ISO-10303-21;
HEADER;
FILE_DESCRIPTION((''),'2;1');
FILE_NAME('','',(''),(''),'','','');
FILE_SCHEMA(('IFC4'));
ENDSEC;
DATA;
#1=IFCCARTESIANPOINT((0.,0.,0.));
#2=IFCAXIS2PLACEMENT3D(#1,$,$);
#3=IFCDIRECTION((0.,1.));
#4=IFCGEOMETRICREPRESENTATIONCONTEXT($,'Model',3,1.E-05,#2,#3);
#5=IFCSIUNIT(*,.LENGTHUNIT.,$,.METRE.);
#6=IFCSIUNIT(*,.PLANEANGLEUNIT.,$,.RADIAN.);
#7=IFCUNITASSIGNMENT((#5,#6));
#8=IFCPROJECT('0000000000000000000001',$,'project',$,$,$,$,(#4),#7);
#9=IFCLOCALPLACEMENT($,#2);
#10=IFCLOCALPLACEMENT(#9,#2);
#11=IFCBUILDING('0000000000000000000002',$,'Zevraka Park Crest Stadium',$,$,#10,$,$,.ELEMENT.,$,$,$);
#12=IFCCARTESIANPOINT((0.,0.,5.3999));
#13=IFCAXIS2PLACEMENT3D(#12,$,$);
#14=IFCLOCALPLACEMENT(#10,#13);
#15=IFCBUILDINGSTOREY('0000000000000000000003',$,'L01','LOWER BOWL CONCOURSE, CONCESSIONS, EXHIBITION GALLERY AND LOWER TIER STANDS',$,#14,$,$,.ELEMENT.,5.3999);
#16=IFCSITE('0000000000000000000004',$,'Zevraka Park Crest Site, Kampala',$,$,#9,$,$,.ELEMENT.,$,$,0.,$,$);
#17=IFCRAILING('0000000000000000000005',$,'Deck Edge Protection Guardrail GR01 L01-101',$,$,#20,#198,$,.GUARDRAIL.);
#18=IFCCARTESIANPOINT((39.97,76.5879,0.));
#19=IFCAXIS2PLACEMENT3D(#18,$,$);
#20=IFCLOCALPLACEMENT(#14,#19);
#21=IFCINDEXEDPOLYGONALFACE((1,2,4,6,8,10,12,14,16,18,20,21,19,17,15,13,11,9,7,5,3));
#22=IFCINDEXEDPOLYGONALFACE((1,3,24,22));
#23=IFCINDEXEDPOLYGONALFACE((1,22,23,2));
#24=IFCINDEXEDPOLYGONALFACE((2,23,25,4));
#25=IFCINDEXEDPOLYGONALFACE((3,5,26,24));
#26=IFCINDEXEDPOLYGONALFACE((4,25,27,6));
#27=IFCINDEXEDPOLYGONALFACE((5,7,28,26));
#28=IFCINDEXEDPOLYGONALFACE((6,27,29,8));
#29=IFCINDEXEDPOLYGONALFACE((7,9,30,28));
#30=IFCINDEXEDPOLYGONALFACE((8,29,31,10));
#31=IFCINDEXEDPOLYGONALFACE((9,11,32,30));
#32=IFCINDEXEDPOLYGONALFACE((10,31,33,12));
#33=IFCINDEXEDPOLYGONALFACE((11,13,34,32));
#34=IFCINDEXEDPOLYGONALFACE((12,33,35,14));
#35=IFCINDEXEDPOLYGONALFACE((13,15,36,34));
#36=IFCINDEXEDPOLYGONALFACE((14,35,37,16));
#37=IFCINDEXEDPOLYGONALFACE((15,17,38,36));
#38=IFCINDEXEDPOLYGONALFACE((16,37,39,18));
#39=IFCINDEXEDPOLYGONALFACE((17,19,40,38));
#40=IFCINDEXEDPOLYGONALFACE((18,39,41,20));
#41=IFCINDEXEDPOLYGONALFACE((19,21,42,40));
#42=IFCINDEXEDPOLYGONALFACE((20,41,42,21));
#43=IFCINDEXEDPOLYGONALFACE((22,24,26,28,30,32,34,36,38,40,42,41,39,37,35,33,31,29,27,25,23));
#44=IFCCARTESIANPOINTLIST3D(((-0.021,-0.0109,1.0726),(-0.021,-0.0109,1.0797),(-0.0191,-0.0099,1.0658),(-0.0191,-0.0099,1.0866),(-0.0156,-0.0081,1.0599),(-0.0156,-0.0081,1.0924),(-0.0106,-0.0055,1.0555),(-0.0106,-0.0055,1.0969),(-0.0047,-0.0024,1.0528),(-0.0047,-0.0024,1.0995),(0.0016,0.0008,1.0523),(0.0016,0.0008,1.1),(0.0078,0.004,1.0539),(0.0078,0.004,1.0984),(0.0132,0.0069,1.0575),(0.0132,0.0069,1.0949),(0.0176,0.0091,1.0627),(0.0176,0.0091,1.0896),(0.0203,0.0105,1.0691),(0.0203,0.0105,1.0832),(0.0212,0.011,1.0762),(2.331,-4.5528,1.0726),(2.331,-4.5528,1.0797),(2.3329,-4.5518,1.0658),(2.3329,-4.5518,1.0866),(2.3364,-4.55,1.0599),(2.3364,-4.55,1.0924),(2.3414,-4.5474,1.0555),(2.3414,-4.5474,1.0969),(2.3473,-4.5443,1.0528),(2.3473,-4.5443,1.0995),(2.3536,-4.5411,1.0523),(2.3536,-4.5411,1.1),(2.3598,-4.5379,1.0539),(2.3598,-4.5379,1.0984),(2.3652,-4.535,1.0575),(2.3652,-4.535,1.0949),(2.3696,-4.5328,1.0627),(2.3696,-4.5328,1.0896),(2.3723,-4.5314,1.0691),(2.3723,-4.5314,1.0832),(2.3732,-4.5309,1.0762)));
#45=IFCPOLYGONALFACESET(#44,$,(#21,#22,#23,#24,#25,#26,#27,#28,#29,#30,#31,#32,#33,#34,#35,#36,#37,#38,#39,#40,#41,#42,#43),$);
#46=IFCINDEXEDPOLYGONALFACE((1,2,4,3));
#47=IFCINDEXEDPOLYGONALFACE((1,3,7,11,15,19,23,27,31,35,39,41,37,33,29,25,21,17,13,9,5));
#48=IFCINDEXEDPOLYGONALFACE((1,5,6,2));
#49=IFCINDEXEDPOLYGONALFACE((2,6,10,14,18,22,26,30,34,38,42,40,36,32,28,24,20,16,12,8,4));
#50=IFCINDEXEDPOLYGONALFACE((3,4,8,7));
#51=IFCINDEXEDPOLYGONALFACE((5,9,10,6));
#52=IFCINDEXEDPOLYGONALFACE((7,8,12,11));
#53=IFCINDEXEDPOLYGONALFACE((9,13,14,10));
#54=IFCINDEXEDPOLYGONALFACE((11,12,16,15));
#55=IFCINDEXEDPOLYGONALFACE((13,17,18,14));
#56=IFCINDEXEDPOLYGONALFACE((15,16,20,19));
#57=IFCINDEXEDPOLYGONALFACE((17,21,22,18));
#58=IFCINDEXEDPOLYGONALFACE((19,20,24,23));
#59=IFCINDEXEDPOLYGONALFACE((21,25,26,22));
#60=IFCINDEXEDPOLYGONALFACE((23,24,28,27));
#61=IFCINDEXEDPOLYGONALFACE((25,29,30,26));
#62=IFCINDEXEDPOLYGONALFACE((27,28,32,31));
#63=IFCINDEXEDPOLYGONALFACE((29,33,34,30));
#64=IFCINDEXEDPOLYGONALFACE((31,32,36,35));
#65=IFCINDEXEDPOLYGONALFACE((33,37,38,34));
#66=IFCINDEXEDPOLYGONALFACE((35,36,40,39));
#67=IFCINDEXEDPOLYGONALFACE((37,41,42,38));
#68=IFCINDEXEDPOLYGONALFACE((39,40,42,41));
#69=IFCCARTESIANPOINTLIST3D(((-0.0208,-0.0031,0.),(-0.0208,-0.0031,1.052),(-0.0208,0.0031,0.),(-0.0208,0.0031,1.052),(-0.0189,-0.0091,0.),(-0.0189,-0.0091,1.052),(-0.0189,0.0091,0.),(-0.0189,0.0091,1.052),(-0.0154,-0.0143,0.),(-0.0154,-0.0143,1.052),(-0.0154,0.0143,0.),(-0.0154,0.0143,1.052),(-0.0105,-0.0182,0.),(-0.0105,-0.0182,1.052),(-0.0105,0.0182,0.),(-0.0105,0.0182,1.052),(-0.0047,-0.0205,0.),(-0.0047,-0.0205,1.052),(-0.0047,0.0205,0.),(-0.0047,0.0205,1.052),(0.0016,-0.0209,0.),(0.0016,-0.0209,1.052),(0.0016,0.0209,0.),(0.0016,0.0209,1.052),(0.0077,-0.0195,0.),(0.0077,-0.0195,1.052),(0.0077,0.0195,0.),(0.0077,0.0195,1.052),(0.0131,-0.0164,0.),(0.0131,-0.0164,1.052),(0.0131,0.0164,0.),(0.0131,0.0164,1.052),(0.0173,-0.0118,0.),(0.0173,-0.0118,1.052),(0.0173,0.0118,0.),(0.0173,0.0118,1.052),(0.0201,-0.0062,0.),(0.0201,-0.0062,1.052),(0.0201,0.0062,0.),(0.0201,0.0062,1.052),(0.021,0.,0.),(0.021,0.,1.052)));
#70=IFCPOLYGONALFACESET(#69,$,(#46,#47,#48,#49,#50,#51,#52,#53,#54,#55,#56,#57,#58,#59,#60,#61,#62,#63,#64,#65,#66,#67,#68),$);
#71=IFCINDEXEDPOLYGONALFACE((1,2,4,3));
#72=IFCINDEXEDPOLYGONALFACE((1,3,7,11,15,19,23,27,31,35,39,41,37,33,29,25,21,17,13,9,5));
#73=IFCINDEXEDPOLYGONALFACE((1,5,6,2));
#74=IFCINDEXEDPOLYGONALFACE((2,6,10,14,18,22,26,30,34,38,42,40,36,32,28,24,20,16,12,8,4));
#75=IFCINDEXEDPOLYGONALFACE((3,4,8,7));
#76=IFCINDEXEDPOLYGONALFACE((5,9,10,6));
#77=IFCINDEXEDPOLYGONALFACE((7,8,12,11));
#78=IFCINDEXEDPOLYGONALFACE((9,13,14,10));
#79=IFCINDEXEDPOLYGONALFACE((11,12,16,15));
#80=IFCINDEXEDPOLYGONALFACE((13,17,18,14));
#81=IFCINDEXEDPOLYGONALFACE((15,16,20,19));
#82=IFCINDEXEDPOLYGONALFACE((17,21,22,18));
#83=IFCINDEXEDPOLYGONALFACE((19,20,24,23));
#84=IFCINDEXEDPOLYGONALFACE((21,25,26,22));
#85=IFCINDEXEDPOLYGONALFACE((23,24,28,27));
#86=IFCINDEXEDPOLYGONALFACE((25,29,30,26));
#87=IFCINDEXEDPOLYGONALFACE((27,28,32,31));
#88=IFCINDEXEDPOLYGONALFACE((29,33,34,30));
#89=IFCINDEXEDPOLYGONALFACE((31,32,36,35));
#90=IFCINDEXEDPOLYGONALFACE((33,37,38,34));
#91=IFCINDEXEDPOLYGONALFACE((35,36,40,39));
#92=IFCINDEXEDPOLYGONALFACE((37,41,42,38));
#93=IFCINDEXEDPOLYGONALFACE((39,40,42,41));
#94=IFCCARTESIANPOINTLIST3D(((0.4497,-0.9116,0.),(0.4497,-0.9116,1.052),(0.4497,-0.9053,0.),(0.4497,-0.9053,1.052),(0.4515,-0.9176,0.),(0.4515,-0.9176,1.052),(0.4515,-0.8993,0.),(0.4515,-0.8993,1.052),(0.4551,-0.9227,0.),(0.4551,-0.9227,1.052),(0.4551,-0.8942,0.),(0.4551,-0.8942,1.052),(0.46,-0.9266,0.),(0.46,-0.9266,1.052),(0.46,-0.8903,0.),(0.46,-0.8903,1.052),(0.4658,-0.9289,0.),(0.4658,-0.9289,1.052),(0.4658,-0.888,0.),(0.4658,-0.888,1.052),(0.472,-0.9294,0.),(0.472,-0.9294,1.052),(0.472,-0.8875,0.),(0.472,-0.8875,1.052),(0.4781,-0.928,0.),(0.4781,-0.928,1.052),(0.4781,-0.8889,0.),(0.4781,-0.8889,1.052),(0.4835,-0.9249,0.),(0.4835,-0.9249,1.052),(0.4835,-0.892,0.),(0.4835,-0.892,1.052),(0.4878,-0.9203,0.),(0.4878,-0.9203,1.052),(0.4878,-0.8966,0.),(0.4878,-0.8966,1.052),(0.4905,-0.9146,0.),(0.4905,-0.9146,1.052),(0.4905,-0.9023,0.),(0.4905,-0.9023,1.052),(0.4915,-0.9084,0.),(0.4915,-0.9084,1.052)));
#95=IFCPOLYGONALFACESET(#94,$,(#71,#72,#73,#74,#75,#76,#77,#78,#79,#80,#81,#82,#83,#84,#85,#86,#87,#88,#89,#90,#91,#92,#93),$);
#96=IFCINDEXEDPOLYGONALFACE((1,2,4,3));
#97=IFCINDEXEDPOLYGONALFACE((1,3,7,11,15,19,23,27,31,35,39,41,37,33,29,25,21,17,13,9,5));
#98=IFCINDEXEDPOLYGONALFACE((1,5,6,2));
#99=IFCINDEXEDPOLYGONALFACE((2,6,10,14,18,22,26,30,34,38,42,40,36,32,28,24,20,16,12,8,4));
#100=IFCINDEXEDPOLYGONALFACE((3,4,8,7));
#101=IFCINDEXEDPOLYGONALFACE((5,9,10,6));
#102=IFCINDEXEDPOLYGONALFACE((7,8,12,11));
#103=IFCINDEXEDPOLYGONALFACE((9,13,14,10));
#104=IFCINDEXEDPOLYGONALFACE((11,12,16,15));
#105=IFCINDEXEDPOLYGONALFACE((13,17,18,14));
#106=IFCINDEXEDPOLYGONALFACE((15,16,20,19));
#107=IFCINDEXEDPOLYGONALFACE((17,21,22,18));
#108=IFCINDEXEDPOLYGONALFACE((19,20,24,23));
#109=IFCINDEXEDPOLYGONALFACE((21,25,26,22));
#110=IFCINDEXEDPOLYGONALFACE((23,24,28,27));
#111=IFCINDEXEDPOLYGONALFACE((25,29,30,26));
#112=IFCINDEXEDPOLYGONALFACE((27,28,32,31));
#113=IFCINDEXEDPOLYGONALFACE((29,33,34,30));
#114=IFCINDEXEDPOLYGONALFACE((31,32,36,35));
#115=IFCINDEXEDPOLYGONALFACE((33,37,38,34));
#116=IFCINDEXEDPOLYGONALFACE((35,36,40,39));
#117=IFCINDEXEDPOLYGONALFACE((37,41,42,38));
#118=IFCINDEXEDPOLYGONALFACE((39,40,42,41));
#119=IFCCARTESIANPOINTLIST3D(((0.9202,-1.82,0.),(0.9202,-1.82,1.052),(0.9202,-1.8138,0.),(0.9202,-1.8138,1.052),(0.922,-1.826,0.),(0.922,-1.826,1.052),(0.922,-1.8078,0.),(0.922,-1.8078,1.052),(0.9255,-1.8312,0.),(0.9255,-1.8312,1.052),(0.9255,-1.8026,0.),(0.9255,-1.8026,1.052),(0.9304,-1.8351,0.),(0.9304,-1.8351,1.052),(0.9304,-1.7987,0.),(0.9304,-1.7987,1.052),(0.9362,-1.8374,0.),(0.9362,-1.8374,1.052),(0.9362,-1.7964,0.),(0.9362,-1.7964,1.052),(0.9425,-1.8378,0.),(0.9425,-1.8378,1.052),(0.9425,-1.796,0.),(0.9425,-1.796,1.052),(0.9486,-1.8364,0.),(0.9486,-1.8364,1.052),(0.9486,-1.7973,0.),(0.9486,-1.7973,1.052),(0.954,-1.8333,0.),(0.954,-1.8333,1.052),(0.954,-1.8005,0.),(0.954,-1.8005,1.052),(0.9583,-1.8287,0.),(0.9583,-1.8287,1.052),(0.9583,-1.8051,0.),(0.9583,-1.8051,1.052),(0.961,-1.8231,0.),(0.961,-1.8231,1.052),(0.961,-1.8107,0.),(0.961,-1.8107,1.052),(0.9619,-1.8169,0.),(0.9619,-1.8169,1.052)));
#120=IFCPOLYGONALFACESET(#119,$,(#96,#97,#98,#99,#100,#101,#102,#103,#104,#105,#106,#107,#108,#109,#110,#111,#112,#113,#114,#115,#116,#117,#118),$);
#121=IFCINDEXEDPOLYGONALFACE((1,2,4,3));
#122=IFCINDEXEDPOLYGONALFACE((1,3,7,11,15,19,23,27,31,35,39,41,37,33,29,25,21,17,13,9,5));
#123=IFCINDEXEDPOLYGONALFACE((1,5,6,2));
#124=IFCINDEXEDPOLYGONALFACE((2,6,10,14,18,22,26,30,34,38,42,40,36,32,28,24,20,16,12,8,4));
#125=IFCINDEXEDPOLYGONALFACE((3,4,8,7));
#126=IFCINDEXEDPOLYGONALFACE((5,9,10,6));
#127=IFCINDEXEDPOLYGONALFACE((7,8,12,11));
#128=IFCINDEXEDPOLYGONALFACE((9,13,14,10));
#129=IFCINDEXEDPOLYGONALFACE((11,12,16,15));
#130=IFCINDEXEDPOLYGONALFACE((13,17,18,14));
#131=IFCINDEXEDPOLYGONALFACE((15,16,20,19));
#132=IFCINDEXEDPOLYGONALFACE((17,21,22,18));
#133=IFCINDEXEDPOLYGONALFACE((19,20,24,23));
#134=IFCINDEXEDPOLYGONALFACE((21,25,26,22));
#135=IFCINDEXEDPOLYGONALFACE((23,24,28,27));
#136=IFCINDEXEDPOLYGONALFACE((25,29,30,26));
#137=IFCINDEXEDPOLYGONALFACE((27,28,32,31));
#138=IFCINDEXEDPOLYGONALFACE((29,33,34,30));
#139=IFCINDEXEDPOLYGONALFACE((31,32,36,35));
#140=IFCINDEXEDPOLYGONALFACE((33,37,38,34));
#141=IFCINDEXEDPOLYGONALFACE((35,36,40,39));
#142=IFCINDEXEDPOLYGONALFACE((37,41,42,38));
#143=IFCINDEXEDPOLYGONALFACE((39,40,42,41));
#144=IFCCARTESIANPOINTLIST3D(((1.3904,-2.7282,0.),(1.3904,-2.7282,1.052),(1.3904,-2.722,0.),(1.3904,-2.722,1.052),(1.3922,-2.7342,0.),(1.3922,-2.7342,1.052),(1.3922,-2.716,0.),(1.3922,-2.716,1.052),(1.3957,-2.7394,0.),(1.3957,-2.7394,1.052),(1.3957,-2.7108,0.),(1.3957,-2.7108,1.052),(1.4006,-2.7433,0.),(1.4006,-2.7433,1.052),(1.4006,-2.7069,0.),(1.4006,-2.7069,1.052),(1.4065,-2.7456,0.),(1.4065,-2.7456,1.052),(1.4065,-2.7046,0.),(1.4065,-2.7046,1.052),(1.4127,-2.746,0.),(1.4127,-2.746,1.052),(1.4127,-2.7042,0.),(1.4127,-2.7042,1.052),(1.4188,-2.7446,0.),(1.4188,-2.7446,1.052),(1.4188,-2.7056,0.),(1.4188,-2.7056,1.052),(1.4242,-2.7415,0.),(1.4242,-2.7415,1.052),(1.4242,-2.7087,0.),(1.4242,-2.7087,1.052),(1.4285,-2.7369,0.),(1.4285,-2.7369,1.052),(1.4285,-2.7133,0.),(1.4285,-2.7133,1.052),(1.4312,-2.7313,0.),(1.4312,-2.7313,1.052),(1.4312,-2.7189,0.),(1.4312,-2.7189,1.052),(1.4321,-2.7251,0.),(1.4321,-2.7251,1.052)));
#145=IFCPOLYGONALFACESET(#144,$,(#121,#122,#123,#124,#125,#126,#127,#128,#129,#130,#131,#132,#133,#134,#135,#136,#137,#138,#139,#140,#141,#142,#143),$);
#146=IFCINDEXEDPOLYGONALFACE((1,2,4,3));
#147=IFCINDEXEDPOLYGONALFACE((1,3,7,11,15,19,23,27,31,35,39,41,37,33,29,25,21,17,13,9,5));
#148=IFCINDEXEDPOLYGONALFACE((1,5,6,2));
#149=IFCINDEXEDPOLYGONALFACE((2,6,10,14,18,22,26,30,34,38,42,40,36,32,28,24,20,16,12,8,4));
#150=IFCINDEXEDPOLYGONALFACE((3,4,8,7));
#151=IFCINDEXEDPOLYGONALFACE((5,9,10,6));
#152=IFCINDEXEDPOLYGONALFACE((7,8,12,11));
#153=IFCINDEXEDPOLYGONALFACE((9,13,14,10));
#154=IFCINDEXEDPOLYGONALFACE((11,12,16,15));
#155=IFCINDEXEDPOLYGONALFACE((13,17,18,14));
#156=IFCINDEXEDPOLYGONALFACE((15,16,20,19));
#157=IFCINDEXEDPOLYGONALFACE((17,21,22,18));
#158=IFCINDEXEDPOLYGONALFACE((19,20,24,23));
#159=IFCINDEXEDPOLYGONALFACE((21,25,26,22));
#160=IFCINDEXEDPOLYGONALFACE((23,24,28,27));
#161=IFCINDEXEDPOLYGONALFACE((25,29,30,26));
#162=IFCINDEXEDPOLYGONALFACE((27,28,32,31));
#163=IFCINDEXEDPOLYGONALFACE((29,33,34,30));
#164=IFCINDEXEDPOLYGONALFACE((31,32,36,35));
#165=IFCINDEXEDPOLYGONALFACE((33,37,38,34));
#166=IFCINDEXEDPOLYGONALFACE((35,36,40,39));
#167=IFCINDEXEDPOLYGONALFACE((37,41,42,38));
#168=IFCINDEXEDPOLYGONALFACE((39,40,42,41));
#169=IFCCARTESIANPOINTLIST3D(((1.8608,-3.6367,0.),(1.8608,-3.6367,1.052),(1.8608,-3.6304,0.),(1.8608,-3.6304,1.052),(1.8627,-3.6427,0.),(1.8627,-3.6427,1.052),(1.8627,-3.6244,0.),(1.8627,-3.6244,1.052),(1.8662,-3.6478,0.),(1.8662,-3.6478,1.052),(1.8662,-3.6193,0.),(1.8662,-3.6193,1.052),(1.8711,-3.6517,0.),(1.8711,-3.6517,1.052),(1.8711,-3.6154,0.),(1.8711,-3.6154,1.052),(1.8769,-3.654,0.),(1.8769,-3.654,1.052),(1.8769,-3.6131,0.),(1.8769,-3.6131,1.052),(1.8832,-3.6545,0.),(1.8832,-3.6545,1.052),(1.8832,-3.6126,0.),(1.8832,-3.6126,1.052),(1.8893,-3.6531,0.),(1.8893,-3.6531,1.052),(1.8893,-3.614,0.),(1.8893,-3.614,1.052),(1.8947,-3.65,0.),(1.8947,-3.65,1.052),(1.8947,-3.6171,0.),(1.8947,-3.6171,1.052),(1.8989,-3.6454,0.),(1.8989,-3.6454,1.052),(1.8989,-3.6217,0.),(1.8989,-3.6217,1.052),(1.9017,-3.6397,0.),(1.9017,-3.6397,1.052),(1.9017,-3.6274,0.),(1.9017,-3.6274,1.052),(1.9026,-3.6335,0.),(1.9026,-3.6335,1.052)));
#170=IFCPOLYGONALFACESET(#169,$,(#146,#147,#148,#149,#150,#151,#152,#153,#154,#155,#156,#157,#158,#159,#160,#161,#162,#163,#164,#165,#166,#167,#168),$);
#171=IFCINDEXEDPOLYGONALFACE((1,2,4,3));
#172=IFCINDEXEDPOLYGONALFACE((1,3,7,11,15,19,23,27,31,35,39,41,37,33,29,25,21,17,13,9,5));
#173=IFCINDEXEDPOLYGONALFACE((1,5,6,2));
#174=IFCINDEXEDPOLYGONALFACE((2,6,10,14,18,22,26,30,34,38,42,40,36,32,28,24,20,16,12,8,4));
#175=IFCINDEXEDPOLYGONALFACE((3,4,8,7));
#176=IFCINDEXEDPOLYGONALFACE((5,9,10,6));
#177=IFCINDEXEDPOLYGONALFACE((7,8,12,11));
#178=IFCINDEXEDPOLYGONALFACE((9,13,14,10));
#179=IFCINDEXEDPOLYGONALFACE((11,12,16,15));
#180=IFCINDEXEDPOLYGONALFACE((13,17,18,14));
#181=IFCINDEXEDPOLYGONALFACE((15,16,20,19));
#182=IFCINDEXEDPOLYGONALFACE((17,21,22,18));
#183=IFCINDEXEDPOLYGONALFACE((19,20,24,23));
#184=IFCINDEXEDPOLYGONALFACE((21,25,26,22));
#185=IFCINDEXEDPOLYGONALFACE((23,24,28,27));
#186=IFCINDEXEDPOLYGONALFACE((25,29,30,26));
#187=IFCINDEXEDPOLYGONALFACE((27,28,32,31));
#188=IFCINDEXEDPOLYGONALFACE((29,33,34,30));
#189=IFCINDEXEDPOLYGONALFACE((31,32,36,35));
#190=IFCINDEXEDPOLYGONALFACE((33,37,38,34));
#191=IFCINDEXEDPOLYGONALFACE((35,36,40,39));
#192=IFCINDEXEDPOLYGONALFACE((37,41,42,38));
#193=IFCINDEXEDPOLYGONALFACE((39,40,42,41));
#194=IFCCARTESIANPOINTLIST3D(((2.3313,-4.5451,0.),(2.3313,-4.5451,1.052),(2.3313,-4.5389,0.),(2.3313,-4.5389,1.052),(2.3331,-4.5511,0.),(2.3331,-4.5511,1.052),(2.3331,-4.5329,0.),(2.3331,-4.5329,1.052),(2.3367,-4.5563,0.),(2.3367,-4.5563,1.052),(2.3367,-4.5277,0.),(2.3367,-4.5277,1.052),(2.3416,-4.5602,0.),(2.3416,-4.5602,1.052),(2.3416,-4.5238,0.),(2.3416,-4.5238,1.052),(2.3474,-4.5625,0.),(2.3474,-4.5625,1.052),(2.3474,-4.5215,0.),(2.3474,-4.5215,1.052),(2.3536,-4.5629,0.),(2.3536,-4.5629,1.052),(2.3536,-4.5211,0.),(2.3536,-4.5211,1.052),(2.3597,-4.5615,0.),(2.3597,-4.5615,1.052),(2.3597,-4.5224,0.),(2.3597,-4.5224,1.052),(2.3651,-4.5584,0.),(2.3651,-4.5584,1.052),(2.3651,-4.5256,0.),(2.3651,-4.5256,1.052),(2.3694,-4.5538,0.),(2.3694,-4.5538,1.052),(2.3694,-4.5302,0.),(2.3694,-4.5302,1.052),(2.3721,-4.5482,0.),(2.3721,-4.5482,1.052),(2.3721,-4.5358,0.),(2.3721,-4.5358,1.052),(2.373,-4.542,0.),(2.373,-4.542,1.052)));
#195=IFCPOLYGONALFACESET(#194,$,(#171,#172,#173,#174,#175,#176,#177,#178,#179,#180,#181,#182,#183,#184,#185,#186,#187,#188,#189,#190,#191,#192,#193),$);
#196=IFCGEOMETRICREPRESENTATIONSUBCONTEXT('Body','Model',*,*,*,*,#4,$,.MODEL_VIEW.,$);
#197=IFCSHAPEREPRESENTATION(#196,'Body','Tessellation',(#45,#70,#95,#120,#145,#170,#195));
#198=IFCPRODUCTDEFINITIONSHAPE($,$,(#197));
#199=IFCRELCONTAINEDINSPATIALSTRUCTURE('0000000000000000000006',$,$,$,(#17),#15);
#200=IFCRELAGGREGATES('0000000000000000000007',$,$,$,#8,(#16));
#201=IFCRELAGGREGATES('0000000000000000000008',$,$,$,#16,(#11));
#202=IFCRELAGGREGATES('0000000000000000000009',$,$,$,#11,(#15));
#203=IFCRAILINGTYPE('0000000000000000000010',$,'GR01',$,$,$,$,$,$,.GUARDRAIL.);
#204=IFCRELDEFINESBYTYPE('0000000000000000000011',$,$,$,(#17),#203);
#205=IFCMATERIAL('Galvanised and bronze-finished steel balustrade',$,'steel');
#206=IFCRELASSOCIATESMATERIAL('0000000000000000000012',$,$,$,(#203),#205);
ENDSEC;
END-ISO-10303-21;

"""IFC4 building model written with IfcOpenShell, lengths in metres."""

from ifc_helpers import new_model, si_unit, direction, frame, origin, origin_2d, place, context, subcontext, project, spatial, circle, extrude, material, type_object, element, save


model = new_model("IFC4")

# Units and contexts
model_context = context("Model", 3, precision=1e-05, world=origin(), true_north=direction((0.0, 1.0)))
body_context = subcontext(model_context, "Body", "Model", "MODEL_VIEW")
ifc_project = project(units=[si_unit("LENGTHUNIT", "METRE"), si_unit("PLANEANGLEUNIT", "RADIAN")], contexts=[model_context])

# Site, building, storey
site_placement = place(None, origin())
site = spatial("IfcSite", under=ifc_project, at=site_placement, Name="Zevraka Park Crest Site, Kampala", CompositionType="ELEMENT", RefElevation=0.0)
building_placement = place(site_placement, origin())
building = spatial("IfcBuilding", under=site, at=building_placement, Name="Zevraka Park Crest Stadium", CompositionType="ELEMENT")
storey_placement = place(building_placement, frame((0.0, 0.0, 5.3999)))
storey = spatial("IfcBuildingStorey", under=building, at=storey_placement, Name="L01", Description="LOWER BOWL CONCOURSE, CONCESSIONS, EXHIBITION GALLERY AND LOWER TIER STANDS", CompositionType="ELEMENT", Elevation=5.3999)

# Railing
ifc_material_1 = material(Name="Galvanised and bronze-finished steel balustrade", Category="steel")
railing_type_1 = type_object("IfcRailingType", Name="GR01", PredefinedType="GUARDRAIL", material=ifc_material_1)
railing_1_placement = place(storey_placement, frame((39.97, 76.5879, 0.0)))
element("IfcRailing", 1, at=railing_1_placement, inside=storey, type_object=railing_type_1, Name="Deck Edge Protection Guardrail GR01 L01-101", PredefinedType="GUARDRAIL", context=body_context, shape_type="SweptSolid", body=[
    extrude(circle(Radius=0.0239, at=origin_2d()), frame((0.0, 0.0, 1.0762), z_axis=(0.459846, -0.887999, 0.0), x_axis=(0.887999, 0.459846, 0.0)), (0.0, 0.0, 1.0), 5.1147),
    extrude(circle(Radius=0.021, at=origin_2d()), origin(), (0.0, 0.0, 1.0), 1.052),
    extrude(circle(Radius=0.021, at=origin_2d()), frame((0.4705, -0.9084, 0.0)), (0.0, 0.0, 1.0), 1.052),
    extrude(circle(Radius=0.021, at=origin_2d()), frame((0.9409, -1.8169, 0.0)), (0.0, 0.0, 1.0), 1.052),
    extrude(circle(Radius=0.021, at=origin_2d()), frame((1.4111, -2.7251, 0.0)), (0.0, 0.0, 1.0), 1.052),
    extrude(circle(Radius=0.021, at=origin_2d()), frame((1.8816, -3.6335, 0.0)), (0.0, 0.0, 1.0), 1.052),
    extrude(circle(Radius=0.021, at=origin_2d()), frame((2.3521, -4.542, 0.0)), (0.0, 0.0, 1.0), 1.052),
])

save(model, "model.ifc")
